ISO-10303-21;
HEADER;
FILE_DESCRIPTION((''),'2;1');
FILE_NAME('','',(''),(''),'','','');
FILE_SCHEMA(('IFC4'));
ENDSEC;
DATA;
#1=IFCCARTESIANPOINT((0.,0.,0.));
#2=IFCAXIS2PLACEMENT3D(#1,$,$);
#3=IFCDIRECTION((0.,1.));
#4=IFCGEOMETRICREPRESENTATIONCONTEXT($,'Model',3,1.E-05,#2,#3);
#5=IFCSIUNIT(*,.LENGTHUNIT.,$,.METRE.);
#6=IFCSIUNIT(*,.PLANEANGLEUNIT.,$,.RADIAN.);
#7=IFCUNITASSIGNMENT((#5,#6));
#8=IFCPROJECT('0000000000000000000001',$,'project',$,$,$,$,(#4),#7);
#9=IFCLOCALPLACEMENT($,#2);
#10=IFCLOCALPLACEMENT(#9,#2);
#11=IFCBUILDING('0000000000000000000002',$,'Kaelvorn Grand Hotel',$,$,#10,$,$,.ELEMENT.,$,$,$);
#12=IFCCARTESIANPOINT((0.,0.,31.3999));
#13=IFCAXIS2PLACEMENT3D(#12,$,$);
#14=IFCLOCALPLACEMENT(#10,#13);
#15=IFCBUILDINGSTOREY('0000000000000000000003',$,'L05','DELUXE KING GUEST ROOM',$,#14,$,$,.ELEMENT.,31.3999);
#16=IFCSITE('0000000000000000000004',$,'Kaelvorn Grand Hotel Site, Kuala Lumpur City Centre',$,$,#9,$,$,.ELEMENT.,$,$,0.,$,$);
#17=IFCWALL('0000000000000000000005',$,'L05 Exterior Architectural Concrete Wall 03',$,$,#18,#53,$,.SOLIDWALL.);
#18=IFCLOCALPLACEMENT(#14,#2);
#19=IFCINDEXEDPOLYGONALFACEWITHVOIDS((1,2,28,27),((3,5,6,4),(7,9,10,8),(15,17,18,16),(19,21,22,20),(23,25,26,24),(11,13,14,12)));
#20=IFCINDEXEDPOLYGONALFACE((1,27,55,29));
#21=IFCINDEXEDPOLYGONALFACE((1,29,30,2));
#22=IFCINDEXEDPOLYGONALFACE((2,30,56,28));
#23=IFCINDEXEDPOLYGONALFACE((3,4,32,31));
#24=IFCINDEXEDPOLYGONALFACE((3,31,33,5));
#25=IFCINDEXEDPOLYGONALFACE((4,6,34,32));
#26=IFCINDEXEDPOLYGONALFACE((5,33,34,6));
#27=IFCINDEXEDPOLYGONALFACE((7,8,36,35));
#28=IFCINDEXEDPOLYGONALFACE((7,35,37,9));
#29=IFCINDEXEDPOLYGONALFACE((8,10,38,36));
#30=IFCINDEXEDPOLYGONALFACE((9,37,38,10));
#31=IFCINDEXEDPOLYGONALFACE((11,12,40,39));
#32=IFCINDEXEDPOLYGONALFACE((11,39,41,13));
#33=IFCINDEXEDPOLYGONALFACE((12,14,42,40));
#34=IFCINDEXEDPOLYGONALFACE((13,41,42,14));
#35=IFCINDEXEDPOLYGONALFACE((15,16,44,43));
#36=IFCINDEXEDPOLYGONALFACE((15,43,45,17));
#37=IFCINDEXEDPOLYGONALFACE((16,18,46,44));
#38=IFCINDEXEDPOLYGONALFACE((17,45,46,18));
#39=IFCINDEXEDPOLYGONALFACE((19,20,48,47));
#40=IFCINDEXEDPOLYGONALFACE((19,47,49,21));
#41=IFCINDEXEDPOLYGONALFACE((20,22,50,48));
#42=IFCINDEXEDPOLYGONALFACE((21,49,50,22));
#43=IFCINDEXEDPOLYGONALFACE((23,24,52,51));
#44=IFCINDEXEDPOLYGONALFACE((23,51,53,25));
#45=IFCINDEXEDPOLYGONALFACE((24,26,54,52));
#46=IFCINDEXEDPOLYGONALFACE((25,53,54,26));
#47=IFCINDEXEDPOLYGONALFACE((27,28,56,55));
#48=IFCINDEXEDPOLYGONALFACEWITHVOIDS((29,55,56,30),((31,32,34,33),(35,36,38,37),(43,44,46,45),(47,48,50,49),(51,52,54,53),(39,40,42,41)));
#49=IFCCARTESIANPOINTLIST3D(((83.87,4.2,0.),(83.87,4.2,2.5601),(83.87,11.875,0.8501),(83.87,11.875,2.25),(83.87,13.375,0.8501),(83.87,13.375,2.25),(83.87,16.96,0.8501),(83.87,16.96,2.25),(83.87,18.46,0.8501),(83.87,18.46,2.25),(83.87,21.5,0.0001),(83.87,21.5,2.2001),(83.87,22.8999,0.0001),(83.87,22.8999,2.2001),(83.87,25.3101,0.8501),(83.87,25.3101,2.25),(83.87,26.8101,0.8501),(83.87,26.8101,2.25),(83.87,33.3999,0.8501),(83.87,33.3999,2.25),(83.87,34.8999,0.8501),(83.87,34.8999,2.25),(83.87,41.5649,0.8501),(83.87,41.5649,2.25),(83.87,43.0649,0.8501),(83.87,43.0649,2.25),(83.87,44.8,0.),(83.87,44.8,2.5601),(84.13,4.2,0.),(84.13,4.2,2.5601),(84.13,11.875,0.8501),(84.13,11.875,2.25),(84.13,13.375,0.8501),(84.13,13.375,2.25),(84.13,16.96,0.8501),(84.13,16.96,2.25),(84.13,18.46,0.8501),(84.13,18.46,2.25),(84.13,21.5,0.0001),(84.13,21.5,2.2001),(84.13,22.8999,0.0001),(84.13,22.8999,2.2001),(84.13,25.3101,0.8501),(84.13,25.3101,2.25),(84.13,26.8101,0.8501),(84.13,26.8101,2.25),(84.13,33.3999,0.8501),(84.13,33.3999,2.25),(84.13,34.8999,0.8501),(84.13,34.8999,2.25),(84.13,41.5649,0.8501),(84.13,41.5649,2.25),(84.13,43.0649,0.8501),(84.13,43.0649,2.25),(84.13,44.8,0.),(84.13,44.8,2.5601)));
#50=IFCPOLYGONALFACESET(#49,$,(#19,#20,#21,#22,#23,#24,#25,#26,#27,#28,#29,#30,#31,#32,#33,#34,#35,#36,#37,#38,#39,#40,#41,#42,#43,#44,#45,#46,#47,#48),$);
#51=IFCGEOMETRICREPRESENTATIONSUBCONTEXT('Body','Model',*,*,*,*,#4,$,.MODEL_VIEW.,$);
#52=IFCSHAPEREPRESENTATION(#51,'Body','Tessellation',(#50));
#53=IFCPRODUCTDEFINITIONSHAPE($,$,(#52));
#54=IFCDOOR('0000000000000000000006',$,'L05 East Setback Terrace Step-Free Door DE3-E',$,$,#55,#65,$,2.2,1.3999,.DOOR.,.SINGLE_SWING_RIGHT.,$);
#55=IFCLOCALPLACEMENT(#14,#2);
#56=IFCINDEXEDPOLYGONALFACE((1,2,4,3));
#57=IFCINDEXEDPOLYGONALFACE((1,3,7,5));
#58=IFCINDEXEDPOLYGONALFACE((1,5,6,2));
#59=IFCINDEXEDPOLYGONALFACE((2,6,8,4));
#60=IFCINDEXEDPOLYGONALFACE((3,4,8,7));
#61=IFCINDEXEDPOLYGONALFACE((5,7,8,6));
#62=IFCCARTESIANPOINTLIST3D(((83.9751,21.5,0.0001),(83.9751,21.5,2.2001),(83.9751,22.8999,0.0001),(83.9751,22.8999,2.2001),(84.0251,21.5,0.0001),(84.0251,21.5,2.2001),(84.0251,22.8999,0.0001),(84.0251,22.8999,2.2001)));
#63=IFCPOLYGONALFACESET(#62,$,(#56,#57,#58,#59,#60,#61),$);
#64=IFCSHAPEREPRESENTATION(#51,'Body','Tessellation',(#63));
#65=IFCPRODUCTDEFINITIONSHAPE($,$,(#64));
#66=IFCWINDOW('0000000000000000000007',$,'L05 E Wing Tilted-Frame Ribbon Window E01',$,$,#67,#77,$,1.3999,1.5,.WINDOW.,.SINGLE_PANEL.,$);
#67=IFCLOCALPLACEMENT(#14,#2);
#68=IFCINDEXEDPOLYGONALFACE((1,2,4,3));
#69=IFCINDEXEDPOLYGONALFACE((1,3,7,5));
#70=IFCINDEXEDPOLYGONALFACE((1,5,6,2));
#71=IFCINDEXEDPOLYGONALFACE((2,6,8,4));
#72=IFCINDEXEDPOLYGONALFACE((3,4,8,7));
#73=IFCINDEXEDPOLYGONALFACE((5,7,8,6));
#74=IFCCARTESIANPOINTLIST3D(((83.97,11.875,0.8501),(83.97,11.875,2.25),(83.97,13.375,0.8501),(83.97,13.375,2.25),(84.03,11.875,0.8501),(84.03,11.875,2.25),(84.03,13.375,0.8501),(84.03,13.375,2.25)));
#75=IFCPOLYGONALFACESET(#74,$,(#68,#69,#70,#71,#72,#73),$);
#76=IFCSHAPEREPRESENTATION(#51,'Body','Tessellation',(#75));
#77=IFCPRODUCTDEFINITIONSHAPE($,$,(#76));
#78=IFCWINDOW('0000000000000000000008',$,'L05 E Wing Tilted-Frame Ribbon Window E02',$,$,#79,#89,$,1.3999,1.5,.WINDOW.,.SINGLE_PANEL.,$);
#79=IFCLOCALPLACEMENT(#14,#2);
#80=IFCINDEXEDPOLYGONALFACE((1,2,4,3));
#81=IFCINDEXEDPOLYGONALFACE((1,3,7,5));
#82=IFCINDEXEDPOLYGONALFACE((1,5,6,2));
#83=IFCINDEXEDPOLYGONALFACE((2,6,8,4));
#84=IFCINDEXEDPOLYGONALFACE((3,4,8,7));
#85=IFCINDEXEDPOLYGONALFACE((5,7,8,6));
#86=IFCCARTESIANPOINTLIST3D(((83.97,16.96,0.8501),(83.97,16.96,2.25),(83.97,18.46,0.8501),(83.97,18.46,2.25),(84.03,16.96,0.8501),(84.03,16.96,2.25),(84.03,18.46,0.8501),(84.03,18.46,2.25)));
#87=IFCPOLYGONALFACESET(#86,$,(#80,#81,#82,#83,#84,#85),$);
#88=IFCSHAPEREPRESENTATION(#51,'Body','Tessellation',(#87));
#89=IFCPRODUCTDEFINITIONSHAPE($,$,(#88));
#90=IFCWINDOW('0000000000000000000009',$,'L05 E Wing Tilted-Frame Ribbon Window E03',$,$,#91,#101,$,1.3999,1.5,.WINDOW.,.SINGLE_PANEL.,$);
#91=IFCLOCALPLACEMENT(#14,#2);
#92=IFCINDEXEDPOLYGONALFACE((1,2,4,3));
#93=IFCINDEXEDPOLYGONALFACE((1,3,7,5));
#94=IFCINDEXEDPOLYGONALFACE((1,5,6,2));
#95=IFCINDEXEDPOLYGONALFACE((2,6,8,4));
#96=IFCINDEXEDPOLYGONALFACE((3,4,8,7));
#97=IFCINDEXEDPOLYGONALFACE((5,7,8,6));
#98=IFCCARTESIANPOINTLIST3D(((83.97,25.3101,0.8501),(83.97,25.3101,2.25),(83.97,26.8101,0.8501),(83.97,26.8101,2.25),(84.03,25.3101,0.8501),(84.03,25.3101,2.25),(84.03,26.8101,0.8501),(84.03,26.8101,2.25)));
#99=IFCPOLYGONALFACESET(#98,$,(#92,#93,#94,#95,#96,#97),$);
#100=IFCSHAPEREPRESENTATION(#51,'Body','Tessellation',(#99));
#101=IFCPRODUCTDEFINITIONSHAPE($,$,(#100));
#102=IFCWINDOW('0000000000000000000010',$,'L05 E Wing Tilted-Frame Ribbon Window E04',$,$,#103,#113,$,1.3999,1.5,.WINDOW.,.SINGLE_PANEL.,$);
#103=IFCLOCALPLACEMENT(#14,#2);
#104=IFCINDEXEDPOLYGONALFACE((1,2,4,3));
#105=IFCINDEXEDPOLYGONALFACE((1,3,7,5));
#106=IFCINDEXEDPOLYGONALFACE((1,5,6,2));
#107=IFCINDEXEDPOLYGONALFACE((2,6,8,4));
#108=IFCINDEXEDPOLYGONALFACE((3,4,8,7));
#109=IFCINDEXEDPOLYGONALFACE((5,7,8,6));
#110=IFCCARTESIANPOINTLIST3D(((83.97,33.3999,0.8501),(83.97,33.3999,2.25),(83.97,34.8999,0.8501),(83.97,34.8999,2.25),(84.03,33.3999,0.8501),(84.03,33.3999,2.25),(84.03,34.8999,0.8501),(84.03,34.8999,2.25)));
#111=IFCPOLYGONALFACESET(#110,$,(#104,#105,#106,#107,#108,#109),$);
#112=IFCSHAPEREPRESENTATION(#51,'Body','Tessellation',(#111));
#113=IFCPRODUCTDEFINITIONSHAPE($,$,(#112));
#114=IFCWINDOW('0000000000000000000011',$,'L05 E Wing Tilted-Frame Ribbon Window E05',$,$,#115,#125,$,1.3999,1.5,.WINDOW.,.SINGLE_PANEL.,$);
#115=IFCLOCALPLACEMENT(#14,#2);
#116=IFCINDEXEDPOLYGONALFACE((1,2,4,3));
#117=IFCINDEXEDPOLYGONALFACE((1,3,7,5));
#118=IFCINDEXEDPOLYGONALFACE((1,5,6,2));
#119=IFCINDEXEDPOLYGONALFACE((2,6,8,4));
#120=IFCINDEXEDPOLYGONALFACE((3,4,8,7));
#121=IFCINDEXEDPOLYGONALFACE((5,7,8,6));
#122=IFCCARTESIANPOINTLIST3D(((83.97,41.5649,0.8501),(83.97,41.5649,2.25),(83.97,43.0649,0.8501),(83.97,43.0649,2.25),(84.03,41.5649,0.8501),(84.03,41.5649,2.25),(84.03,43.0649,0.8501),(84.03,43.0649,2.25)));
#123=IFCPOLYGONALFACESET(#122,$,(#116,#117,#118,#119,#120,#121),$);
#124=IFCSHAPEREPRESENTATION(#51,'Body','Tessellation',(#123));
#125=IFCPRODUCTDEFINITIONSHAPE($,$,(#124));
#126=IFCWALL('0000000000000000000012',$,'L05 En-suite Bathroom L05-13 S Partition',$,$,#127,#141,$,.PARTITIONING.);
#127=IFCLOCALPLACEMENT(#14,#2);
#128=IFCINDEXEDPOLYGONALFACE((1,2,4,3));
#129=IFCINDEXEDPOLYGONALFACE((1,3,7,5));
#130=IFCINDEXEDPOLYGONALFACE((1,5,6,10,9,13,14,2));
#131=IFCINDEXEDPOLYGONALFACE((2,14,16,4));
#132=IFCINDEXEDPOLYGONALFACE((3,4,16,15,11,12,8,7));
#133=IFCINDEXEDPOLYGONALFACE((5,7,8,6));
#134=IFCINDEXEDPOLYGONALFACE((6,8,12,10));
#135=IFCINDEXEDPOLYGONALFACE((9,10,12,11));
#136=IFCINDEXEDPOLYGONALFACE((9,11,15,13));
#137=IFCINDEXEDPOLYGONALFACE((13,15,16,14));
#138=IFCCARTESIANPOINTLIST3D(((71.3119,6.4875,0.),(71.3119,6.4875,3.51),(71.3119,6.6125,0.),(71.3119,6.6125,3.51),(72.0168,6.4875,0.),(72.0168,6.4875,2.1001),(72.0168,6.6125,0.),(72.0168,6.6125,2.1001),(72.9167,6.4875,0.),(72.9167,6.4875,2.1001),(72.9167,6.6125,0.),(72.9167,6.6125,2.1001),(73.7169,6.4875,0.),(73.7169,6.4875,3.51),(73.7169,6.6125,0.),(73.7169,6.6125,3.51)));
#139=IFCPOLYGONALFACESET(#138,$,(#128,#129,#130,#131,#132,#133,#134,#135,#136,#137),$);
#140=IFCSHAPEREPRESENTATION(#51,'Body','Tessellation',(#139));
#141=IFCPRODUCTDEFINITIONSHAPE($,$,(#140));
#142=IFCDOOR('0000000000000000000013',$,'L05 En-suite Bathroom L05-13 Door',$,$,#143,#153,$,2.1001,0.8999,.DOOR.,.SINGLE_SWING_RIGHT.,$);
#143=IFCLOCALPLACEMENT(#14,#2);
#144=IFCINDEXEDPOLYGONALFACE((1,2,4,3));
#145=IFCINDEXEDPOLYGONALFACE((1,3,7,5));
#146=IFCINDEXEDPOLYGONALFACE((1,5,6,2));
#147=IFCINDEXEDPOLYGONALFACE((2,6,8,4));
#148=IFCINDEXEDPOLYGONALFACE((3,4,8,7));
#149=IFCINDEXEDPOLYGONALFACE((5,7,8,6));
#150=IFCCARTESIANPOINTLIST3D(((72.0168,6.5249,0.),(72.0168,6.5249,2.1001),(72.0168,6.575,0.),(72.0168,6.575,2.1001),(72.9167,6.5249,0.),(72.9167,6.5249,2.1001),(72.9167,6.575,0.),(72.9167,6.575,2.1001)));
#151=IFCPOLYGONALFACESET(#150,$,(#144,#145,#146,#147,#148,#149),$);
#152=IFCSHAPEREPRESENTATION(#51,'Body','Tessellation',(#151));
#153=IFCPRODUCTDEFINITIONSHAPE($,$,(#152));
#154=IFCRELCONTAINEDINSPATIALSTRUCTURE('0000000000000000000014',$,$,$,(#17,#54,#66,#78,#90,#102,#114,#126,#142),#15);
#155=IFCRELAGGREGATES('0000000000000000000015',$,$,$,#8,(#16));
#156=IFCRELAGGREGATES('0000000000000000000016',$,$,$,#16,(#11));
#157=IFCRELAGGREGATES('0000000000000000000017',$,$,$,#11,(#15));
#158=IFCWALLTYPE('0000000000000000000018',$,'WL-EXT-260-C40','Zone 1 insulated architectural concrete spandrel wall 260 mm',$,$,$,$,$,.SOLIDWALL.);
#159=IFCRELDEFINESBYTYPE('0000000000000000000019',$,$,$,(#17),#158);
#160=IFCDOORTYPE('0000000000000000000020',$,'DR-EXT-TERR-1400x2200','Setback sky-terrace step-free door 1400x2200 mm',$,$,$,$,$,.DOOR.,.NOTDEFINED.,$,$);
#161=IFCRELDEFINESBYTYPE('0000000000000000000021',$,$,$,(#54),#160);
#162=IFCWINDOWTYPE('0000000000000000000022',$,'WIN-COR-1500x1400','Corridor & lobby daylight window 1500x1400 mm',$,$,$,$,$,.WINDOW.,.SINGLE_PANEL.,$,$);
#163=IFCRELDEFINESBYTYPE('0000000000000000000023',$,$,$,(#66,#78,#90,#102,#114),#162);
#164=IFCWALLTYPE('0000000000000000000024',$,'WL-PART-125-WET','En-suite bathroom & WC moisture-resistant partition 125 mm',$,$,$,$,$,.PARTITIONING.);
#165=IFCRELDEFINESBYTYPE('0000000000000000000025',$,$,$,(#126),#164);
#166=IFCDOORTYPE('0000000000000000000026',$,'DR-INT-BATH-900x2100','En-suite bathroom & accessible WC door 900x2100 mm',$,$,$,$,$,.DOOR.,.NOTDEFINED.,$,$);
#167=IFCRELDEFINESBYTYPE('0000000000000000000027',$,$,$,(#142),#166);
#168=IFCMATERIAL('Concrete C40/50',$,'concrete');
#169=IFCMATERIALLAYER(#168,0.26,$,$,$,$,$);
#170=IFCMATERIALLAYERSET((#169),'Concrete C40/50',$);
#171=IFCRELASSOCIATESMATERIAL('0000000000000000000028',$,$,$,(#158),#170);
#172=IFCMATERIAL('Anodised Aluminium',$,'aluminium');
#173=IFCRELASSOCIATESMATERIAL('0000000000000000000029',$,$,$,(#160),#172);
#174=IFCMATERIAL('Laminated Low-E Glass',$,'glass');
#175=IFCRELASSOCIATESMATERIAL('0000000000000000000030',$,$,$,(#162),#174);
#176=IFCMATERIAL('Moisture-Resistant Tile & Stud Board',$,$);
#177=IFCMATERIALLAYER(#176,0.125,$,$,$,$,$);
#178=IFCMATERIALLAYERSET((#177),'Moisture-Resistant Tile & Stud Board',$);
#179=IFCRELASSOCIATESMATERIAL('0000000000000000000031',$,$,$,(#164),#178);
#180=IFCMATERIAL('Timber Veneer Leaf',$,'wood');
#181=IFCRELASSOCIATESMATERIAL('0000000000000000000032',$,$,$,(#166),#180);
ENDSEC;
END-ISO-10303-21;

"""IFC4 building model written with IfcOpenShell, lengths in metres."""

from ifc_helpers import new_model, si_unit, direction, frame, frame_2d, origin, place, context, subcontext, project, spatial, rectangle, extrude, material, layer, layer_set, type_object, element, fill, save


model = new_model("IFC4")

# Units and contexts
model_context = context("Model", 3, precision=1e-05, world=origin(), true_north=direction((0.0, 1.0)))
body_context = subcontext(model_context, "Body", "Model", "MODEL_VIEW")
ifc_project = project(units=[si_unit("LENGTHUNIT", "METRE"), si_unit("PLANEANGLEUNIT", "RADIAN")], contexts=[model_context])

# Site, building, storey
site_placement = place(None, origin())
site = spatial("IfcSite", under=ifc_project, at=site_placement, Name="Kaelvorn Grand Hotel Site, Kuala Lumpur City Centre", CompositionType="ELEMENT", RefElevation=0.0)
building_placement = place(site_placement, origin())
building = spatial("IfcBuilding", under=site, at=building_placement, Name="Kaelvorn Grand Hotel", CompositionType="ELEMENT")
storey_placement = place(building_placement, frame((0.0, 0.0, 31.3999)))
storey = spatial("IfcBuildingStorey", under=building, at=storey_placement, Name="L05", Description="DELUXE KING GUEST ROOM", CompositionType="ELEMENT", Elevation=31.3999)

# Shared definitions
ifc_material_1 = material(Name="Concrete C40/50", Category="concrete")
ifc_layer_1 = layer(ifc_material_1, 0.26)
ifc_layer_set_1 = layer_set([ifc_layer_1], Name="Concrete C40/50")
wall_type_1 = type_object("IfcWallType", Name="WL-EXT-260-C40", Description="Zone 1 insulated architectural concrete spandrel wall 260 mm", PredefinedType="SOLIDWALL", material=ifc_layer_set_1)

# Wall, openings, door, windows
wall_1_placement = place(storey_placement, frame((84.0, 4.2, 0.0), z_axis=(0.0, 0.0, 1.0), x_axis=(0.0, 1.0, 0.0)))
wall_1 = element("IfcWall", 1, at=wall_1_placement, inside=storey, type_object=wall_type_1, Name="L05 Exterior Architectural Concrete Wall 03", PredefinedType="SOLIDWALL", context=body_context, shape_type="SweptSolid", body=[
    extrude(rectangle(XDim=40.6001, YDim=0.26, at=frame_2d((20.3, 0.0))), origin(), (0.0, 0.0, 1.0), 2.5601),
])
opening_1_placement = place(wall_1_placement, frame((17.3, 0.0, 0.0)))
opening_1 = element("IfcOpeningElement", 2, at=opening_1_placement, cuts=wall_1, PredefinedType="OPENING", context=body_context, shape_type="SweptSolid", body=[
    extrude(rectangle(XDim=1.3999, YDim=2.2, at=frame_2d((0.7, 1.1001))), frame((0.0, 0.1401, 0.0), z_axis=(0.0, -1.0, 0.0), x_axis=(1.0, 0.0, 0.0)), (0.0, 0.0, 1.0), 0.28),
])
opening_2_placement = place(wall_1_placement, frame((7.675, 0.0, 0.8501)))
opening_2 = element("IfcOpeningElement", 3, at=opening_2_placement, cuts=wall_1, PredefinedType="OPENING", context=body_context, shape_type="SweptSolid", body=[
    extrude(rectangle(XDim=1.5, YDim=1.3999, at=frame_2d((0.75, 0.7))), frame((0.0, 0.1401, 0.0), z_axis=(0.0, -1.0, 0.0), x_axis=(1.0, 0.0, 0.0)), (0.0, 0.0, 1.0), 0.28),
])
opening_3_placement = place(wall_1_placement, frame((12.76, 0.0, 0.8501)))
opening_3 = element("IfcOpeningElement", 4, at=opening_3_placement, cuts=wall_1, PredefinedType="OPENING", context=body_context, shape_type="SweptSolid", body=[
    extrude(rectangle(XDim=1.5, YDim=1.3999, at=frame_2d((0.75, 0.7))), frame((0.0, 0.1401, 0.0), z_axis=(0.0, -1.0, 0.0), x_axis=(1.0, 0.0, 0.0)), (0.0, 0.0, 1.0), 0.28),
])
opening_4_placement = place(wall_1_placement, frame((21.1101, 0.0, 0.8501)))
opening_4 = element("IfcOpeningElement", 5, at=opening_4_placement, cuts=wall_1, PredefinedType="OPENING", context=body_context, shape_type="SweptSolid", body=[
    extrude(rectangle(XDim=1.5, YDim=1.3999, at=frame_2d((0.75, 0.7))), frame((0.0, 0.1401, 0.0), z_axis=(0.0, -1.0, 0.0), x_axis=(1.0, 0.0, 0.0)), (0.0, 0.0, 1.0), 0.28),
])
opening_5_placement = place(wall_1_placement, frame((29.2, 0.0, 0.8501)))
opening_5 = element("IfcOpeningElement", 6, at=opening_5_placement, cuts=wall_1, PredefinedType="OPENING", context=body_context, shape_type="SweptSolid", body=[
    extrude(rectangle(XDim=1.5, YDim=1.3999, at=frame_2d((0.75, 0.7))), frame((0.0, 0.1401, 0.0), z_axis=(0.0, -1.0, 0.0), x_axis=(1.0, 0.0, 0.0)), (0.0, 0.0, 1.0), 0.28),
])
opening_6_placement = place(wall_1_placement, frame((37.365, 0.0, 0.8501)))
opening_6 = element("IfcOpeningElement", 7, at=opening_6_placement, cuts=wall_1, PredefinedType="OPENING", context=body_context, shape_type="SweptSolid", body=[
    extrude(rectangle(XDim=1.5, YDim=1.3999, at=frame_2d((0.75, 0.7))), frame((0.0, 0.1401, 0.0), z_axis=(0.0, -1.0, 0.0), x_axis=(1.0, 0.0, 0.0)), (0.0, 0.0, 1.0), 0.28),
])
ifc_material_2 = material(Name="Anodised Aluminium", Category="aluminium")
door_type_1 = type_object("IfcDoorType", Name="DR-EXT-TERR-1400x2200", Description="Setback sky-terrace step-free door 1400x2200 mm", OperationType="NOTDEFINED", PredefinedType="DOOR", material=ifc_material_2)
door_1_placement = place(opening_1_placement, origin())
door_1 = element("IfcDoor", 8, at=door_1_placement, inside=storey, type_object=door_type_1, Name="L05 East Setback Terrace Step-Free Door DE3-E", OperationType="SINGLE_SWING_RIGHT", OverallHeight=2.2, OverallWidth=1.3999, PredefinedType="DOOR", context=body_context, shape_type="SweptSolid", body=[
    extrude(rectangle(XDim=1.3999, YDim=2.2, at=frame_2d((0.7, 1.1001))), frame((0.0, 0.0249, 0.0), z_axis=(0.0, -1.0, 0.0), x_axis=(1.0, 0.0, 0.0)), (0.0, 0.0, 1.0), 0.05),
])
fill(opening_1, door_1)
ifc_material_3 = material(Name="Laminated Low-E Glass", Category="glass")
window_type = type_object("IfcWindowType", Name="WIN-COR-1500x1400", Description="Corridor & lobby daylight window 1500x1400 mm", PartitioningType="SINGLE_PANEL", PredefinedType="WINDOW", material=ifc_material_3)
window_1_placement = place(opening_2_placement, origin())
window_1 = element("IfcWindow", 9, at=window_1_placement, inside=storey, type_object=window_type, Name="L05 E Wing Tilted-Frame Ribbon Window E01", OverallHeight=1.3999, OverallWidth=1.5, PartitioningType="SINGLE_PANEL", PredefinedType="WINDOW", context=body_context, shape_type="SweptSolid", body=[
    extrude(rectangle(XDim=1.5, YDim=1.3999, at=frame_2d((0.75, 0.7))), frame((0.0, 0.03, 0.0), z_axis=(0.0, -1.0, 0.0), x_axis=(1.0, 0.0, 0.0)), (0.0, 0.0, 1.0), 0.0601),
])
fill(opening_2, window_1)
window_2_placement = place(opening_3_placement, origin())
window_2 = element("IfcWindow", 10, at=window_2_placement, inside=storey, type_object=window_type, Name="L05 E Wing Tilted-Frame Ribbon Window E02", OverallHeight=1.3999, OverallWidth=1.5, PartitioningType="SINGLE_PANEL", PredefinedType="WINDOW", context=body_context, shape_type="SweptSolid", body=[
    extrude(rectangle(XDim=1.5, YDim=1.3999, at=frame_2d((0.75, 0.7))), frame((0.0, 0.03, 0.0), z_axis=(0.0, -1.0, 0.0), x_axis=(1.0, 0.0, 0.0)), (0.0, 0.0, 1.0), 0.0601),
])
fill(opening_3, window_2)
window_3_placement = place(opening_4_placement, origin())
window_3 = element("IfcWindow", 11, at=window_3_placement, inside=storey, type_object=window_type, Name="L05 E Wing Tilted-Frame Ribbon Window E03", OverallHeight=1.3999, OverallWidth=1.5, PartitioningType="SINGLE_PANEL", PredefinedType="WINDOW", context=body_context, shape_type="SweptSolid", body=[
    extrude(rectangle(XDim=1.5, YDim=1.3999, at=frame_2d((0.75, 0.7))), frame((0.0, 0.03, 0.0), z_axis=(0.0, -1.0, 0.0), x_axis=(1.0, 0.0, 0.0)), (0.0, 0.0, 1.0), 0.0601),
])
fill(opening_4, window_3)
window_4_placement = place(opening_5_placement, origin())
window_4 = element("IfcWindow", 12, at=window_4_placement, inside=storey, type_object=window_type, Name="L05 E Wing Tilted-Frame Ribbon Window E04", OverallHeight=1.3999, OverallWidth=1.5, PartitioningType="SINGLE_PANEL", PredefinedType="WINDOW", context=body_context, shape_type="SweptSolid", body=[
    extrude(rectangle(XDim=1.5, YDim=1.3999, at=frame_2d((0.75, 0.7))), frame((0.0, 0.03, 0.0), z_axis=(0.0, -1.0, 0.0), x_axis=(1.0, 0.0, 0.0)), (0.0, 0.0, 1.0), 0.0601),
])
fill(opening_5, window_4)
window_5_placement = place(opening_6_placement, origin())
window_5 = element("IfcWindow", 13, at=window_5_placement, inside=storey, type_object=window_type, Name="L05 E Wing Tilted-Frame Ribbon Window E05", OverallHeight=1.3999, OverallWidth=1.5, PartitioningType="SINGLE_PANEL", PredefinedType="WINDOW", context=body_context, shape_type="SweptSolid", body=[
    extrude(rectangle(XDim=1.5, YDim=1.3999, at=frame_2d((0.75, 0.7))), frame((0.0, 0.03, 0.0), z_axis=(0.0, -1.0, 0.0), x_axis=(1.0, 0.0, 0.0)), (0.0, 0.0, 1.0), 0.0601),
])
fill(opening_6, window_5)

# Wall, opening, door
ifc_material_4 = material(Name="Moisture-Resistant Tile & Stud Board")
ifc_layer_2 = layer(ifc_material_4, 0.125)
ifc_layer_set_2 = layer_set([ifc_layer_2], Name="Moisture-Resistant Tile & Stud Board")
wall_type_2 = type_object("IfcWallType", Name="WL-PART-125-WET", Description="En-suite bathroom & WC moisture-resistant partition 125 mm", PredefinedType="PARTITIONING", material=ifc_layer_set_2)
wall_2_placement = place(storey_placement, frame((71.3118, 6.55, 0.0), z_axis=(0.0, 0.0, 1.0), x_axis=(1.0, 0.0, 0.0)))
wall_2 = element("IfcWall", 14, at=wall_2_placement, inside=storey, type_object=wall_type_2, Name="L05 En-suite Bathroom L05-13 S Partition", PredefinedType="PARTITIONING", context=body_context, shape_type="SweptSolid", body=[
    extrude(rectangle(XDim=2.405, YDim=0.125, at=frame_2d((1.2026, 0.0))), origin(), (0.0, 0.0, 1.0), 3.51),
])
opening_7_placement = place(wall_2_placement, frame((0.7051, 0.0, 0.0)))
opening_7 = element("IfcOpeningElement", 15, at=opening_7_placement, cuts=wall_2, PredefinedType="OPENING", context=body_context, shape_type="SweptSolid", body=[
    extrude(rectangle(XDim=0.8999, YDim=2.1001, at=frame_2d((0.45, 1.05))), frame((0.0, 0.0725, 0.0), z_axis=(0.0, -1.0, 0.0), x_axis=(1.0, 0.0, 0.0)), (0.0, 0.0, 1.0), 0.145),
])
ifc_material_5 = material(Name="Timber Veneer Leaf", Category="wood")
door_type_2 = type_object("IfcDoorType", Name="DR-INT-BATH-900x2100", Description="En-suite bathroom & accessible WC door 900x2100 mm", OperationType="NOTDEFINED", PredefinedType="DOOR", material=ifc_material_5)
door_2_placement = place(opening_7_placement, origin())
door_2 = element("IfcDoor", 16, at=door_2_placement, inside=storey, type_object=door_type_2, Name="L05 En-suite Bathroom L05-13 Door", OperationType="SINGLE_SWING_RIGHT", OverallHeight=2.1001, OverallWidth=0.8999, PredefinedType="DOOR", context=body_context, shape_type="SweptSolid", body=[
    extrude(rectangle(XDim=0.8999, YDim=2.1001, at=frame_2d((0.45, 1.05))), frame((0.0, 0.0249, 0.0), z_axis=(0.0, -1.0, 0.0), x_axis=(1.0, 0.0, 0.0)), (0.0, 0.0, 1.0), 0.05),
])
fill(opening_7, door_2)

save(model, "model.ifc")
